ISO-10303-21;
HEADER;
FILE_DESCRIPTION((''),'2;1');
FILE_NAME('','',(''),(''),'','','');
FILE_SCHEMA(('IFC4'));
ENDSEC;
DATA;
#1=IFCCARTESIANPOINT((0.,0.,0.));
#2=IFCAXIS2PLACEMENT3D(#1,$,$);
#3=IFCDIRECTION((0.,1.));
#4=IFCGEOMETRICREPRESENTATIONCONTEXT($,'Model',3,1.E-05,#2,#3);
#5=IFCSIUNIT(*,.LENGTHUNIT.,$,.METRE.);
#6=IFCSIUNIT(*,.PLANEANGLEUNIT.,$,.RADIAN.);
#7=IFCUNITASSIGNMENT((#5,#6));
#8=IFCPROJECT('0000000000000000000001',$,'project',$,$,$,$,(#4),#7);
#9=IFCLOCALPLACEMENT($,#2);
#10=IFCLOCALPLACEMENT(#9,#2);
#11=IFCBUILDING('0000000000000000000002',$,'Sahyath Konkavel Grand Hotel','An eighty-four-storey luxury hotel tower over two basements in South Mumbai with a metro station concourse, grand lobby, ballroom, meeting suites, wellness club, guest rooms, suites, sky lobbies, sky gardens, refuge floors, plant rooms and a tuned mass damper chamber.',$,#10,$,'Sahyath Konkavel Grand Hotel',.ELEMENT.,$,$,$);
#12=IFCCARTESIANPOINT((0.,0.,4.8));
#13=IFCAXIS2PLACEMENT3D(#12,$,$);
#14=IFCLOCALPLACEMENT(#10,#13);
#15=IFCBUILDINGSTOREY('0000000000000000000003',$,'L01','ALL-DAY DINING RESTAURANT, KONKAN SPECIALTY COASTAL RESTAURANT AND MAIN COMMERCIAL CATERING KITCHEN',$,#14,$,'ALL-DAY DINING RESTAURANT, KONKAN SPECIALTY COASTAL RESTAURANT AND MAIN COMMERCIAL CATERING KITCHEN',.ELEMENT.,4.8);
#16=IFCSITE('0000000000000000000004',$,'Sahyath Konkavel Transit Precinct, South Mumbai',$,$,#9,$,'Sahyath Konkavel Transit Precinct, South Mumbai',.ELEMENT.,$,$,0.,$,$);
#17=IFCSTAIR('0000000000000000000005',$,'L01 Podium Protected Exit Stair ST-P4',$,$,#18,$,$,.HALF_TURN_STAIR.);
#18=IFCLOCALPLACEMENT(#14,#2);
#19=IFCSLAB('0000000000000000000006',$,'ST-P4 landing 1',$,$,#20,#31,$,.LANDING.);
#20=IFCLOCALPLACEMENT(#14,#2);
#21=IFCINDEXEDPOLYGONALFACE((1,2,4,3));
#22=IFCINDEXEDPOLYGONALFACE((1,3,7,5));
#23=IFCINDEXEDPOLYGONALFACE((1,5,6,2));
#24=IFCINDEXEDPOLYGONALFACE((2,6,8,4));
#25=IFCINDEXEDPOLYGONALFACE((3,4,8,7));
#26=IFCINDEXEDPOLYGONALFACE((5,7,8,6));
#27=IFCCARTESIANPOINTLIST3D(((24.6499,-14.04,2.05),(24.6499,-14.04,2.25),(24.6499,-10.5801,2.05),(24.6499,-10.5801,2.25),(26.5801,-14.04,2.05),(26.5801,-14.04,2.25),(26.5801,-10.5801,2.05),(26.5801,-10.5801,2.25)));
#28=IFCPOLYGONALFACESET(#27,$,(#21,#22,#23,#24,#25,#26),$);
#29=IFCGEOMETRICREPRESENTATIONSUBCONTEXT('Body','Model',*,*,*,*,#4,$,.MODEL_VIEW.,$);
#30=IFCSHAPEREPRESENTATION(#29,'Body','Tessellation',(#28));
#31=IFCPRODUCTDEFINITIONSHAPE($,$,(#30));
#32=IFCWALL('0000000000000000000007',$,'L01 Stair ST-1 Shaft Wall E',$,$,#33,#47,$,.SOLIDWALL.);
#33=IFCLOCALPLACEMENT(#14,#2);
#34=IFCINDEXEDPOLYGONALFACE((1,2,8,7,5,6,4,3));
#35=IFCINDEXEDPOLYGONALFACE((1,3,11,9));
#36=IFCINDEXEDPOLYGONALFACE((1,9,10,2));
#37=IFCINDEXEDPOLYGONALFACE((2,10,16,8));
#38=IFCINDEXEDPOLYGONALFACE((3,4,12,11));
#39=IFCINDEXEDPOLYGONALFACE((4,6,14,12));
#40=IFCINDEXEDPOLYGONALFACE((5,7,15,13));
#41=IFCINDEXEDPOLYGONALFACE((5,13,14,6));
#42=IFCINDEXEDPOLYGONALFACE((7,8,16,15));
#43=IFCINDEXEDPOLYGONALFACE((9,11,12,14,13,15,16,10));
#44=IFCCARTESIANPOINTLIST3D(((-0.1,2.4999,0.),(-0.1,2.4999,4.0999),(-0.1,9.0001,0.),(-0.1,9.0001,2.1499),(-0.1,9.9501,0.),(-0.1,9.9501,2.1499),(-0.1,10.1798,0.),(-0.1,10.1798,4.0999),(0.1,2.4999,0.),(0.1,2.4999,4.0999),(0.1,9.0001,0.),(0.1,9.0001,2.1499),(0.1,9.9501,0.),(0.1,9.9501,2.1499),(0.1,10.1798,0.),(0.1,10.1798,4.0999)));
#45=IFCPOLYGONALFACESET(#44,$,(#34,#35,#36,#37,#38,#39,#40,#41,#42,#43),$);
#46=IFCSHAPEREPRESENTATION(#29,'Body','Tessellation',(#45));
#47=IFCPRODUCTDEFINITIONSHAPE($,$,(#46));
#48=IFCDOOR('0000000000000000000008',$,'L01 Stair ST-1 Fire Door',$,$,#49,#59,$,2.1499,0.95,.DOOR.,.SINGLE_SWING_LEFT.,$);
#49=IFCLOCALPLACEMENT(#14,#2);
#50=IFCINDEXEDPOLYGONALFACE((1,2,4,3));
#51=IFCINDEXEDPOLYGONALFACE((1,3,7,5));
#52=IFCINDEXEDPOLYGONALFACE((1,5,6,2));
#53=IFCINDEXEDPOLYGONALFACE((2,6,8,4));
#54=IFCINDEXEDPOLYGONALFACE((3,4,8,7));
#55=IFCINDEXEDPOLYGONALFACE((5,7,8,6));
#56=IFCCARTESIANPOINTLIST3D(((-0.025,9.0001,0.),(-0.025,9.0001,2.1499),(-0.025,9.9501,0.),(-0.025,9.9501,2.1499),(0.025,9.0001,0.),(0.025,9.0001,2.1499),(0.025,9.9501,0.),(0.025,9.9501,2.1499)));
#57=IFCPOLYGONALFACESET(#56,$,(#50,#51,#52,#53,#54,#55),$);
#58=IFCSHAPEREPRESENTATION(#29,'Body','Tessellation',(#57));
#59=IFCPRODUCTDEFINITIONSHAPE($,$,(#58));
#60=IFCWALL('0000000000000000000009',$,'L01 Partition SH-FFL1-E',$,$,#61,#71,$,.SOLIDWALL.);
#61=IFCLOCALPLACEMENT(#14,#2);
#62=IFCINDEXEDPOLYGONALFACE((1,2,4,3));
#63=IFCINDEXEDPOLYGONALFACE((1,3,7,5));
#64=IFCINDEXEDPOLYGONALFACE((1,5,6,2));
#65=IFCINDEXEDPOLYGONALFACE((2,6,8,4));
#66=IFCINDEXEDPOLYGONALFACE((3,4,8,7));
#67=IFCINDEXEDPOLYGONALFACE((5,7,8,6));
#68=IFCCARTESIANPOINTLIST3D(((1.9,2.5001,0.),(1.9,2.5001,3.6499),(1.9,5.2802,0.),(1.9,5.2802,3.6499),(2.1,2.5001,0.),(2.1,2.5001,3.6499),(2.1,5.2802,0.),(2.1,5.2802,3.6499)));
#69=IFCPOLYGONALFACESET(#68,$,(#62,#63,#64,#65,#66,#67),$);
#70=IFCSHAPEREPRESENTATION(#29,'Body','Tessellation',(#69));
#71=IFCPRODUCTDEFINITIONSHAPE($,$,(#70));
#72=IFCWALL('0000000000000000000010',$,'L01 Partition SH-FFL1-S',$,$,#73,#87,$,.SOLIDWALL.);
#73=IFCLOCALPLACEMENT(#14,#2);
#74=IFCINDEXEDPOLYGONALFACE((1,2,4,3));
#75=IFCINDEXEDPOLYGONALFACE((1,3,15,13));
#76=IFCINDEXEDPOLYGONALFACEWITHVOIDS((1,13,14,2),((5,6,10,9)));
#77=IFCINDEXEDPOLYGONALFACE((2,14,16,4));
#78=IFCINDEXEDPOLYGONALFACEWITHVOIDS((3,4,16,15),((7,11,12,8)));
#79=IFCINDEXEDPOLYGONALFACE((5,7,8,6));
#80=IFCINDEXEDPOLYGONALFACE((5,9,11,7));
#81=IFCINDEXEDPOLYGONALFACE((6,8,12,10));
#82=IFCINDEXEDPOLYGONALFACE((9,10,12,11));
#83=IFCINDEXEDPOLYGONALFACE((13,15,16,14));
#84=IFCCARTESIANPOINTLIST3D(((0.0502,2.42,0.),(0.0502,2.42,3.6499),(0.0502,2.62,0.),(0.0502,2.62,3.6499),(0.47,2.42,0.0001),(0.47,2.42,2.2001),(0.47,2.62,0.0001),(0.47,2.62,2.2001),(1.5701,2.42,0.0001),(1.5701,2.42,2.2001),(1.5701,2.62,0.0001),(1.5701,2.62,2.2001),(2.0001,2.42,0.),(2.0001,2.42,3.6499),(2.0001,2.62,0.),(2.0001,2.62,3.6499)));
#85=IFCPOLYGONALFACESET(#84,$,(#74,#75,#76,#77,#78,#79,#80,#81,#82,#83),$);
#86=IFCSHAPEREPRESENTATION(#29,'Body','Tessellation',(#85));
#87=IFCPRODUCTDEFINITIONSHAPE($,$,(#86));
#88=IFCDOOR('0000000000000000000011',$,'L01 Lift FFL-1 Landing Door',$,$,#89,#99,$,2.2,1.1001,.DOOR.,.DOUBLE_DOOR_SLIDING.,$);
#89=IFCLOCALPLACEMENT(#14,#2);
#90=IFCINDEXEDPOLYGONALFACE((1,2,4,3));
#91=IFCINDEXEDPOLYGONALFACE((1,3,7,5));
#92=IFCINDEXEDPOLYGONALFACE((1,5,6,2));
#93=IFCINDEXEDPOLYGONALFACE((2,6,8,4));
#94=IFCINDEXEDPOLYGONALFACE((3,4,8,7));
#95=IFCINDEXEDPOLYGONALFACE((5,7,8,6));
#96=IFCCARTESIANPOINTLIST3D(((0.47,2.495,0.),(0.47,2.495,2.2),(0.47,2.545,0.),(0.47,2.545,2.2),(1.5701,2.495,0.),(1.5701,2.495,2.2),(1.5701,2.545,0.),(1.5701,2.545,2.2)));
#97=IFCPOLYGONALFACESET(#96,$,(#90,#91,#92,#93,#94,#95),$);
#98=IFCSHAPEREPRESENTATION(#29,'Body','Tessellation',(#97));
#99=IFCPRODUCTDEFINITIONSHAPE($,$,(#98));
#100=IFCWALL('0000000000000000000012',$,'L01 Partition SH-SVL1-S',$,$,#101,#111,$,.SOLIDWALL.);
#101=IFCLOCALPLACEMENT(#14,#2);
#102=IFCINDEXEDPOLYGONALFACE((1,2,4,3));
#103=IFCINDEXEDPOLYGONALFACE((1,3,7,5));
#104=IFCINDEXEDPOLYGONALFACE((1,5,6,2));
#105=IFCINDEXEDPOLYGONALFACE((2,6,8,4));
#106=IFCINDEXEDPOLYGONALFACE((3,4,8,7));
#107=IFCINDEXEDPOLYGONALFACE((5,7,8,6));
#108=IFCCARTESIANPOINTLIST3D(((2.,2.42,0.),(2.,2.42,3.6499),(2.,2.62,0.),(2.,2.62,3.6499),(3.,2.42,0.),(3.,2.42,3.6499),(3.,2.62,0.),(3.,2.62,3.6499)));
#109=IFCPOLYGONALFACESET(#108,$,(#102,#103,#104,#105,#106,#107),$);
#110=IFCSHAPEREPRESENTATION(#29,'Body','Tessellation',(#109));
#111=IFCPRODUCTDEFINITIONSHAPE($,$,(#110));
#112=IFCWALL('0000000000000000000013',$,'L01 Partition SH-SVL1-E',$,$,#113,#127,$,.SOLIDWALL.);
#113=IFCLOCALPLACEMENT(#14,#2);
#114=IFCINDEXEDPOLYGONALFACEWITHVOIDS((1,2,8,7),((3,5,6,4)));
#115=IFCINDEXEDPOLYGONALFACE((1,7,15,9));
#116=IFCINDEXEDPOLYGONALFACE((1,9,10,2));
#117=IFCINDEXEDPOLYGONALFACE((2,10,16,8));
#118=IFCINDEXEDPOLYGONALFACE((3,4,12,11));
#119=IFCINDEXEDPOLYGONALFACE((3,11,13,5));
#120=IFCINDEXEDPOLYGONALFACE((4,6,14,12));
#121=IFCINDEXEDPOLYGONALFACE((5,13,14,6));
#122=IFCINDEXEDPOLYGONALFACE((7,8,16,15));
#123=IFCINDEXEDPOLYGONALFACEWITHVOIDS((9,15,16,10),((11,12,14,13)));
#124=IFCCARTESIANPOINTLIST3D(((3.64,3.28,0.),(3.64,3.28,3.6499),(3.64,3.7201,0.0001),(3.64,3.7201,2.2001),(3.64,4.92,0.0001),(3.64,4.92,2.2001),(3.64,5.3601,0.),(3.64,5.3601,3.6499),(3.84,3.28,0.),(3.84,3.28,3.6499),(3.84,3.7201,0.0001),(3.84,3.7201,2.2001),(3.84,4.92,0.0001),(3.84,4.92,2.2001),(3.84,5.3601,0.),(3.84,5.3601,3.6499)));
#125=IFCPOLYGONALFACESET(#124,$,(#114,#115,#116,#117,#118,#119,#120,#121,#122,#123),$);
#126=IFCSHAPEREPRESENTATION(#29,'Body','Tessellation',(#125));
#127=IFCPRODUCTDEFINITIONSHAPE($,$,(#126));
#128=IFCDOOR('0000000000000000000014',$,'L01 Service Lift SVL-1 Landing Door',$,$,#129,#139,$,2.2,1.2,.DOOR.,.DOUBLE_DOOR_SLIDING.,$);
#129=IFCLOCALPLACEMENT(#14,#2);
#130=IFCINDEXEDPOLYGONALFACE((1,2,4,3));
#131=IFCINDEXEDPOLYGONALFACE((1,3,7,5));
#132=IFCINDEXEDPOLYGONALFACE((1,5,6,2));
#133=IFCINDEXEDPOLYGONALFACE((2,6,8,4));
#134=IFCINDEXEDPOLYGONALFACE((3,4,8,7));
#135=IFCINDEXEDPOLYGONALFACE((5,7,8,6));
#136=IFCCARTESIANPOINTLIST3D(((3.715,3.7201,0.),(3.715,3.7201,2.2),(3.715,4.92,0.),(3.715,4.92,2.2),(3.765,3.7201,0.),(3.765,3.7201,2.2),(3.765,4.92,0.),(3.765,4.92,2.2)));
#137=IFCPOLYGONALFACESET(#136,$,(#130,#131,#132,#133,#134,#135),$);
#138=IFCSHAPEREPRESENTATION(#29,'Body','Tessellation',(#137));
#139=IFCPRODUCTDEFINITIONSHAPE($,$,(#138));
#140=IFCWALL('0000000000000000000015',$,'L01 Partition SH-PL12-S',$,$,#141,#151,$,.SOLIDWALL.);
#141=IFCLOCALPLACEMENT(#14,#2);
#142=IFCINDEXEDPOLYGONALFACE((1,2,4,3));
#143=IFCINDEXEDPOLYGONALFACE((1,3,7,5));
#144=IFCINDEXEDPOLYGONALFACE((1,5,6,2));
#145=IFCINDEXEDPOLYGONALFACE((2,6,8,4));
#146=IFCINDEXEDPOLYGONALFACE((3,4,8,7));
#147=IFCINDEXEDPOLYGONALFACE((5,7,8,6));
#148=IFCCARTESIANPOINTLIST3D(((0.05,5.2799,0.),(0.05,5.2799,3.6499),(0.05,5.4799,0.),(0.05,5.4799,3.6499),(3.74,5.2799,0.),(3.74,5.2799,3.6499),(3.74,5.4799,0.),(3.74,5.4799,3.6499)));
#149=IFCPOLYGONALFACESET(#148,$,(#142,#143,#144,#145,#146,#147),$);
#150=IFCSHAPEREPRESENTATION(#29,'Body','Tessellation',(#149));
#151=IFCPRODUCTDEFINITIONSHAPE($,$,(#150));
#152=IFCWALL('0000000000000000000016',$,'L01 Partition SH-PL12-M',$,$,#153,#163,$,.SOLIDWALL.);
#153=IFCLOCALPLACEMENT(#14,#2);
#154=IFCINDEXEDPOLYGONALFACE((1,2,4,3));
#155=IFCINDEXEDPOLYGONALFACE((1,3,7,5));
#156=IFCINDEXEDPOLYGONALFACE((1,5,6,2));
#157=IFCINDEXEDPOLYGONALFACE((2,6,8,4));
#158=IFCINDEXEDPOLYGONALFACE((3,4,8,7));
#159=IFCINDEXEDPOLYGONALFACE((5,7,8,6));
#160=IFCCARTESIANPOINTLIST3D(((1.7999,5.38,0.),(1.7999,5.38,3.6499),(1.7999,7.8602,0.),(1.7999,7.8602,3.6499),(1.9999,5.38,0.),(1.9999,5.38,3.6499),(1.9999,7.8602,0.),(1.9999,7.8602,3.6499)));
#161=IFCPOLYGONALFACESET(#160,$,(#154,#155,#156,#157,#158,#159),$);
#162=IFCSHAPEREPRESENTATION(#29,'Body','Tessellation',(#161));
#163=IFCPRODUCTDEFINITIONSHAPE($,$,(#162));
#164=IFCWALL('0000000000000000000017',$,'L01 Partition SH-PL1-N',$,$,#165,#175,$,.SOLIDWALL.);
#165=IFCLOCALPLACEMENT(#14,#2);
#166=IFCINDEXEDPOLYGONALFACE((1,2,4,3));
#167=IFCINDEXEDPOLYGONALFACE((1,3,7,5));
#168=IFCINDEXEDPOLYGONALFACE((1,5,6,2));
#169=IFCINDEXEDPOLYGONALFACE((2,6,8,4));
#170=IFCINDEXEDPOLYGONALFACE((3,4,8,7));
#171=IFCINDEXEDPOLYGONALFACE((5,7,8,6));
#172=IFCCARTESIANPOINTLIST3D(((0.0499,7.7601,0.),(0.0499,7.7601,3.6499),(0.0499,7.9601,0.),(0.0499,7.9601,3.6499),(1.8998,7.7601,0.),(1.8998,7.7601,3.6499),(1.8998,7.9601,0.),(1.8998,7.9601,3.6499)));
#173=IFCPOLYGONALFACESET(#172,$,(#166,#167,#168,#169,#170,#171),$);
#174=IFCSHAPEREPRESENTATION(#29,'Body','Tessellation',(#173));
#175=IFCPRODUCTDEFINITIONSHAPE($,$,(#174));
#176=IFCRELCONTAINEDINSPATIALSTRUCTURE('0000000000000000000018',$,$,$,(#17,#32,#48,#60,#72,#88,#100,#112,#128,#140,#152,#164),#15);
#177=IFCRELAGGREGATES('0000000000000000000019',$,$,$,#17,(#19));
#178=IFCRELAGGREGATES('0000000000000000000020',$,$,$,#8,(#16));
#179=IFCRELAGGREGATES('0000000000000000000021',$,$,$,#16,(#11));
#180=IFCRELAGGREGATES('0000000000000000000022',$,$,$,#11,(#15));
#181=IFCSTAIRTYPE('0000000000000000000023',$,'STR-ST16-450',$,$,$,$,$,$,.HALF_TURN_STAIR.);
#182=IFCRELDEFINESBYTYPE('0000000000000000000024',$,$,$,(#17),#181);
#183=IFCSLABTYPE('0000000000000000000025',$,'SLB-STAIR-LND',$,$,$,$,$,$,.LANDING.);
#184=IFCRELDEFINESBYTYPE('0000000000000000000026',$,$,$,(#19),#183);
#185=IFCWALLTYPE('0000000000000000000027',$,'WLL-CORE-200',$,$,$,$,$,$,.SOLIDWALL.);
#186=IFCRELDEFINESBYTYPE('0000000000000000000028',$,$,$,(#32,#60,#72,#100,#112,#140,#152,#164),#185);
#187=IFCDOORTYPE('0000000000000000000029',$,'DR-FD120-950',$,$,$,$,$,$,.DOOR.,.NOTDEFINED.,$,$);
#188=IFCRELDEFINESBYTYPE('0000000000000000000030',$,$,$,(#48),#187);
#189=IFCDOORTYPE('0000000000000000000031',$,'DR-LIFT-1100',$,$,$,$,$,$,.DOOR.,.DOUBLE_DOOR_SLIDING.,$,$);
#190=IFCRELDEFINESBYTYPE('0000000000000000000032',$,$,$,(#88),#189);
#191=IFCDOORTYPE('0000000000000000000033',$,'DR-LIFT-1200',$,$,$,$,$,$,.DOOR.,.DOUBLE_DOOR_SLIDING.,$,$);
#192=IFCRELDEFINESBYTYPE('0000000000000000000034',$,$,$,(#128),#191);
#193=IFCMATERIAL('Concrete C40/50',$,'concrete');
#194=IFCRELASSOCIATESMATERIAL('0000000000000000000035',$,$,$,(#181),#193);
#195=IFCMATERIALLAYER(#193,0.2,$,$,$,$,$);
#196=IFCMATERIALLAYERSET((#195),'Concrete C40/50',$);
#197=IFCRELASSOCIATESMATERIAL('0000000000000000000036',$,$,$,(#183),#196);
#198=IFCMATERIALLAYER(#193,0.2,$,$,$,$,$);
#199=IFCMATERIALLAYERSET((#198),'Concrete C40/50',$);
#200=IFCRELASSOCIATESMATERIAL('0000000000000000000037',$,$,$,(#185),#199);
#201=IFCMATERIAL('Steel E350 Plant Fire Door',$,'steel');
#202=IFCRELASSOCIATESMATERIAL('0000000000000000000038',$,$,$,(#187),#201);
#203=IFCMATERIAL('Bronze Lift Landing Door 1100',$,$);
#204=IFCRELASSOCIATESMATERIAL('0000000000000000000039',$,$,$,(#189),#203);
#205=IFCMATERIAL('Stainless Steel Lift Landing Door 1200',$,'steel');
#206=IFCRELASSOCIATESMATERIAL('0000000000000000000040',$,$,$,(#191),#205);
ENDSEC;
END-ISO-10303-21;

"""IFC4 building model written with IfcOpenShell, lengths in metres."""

from ifc_helpers import new_model, si_unit, direction, frame, frame_2d, origin, origin_2d, place, context, subcontext, project, spatial, polyline, rectangle, outline, extrude, source, transform, mapped, material, layer, layer_set, type_object, element, fill, aggregate, save


model = new_model("IFC4")

# Units and contexts
model_context = context("Model", 3, precision=1e-05, world=origin(), true_north=direction((0.0, 1.0)))
body_context = subcontext(model_context, "Body", "Model", "MODEL_VIEW")
ifc_project = project(units=[si_unit("LENGTHUNIT", "METRE"), si_unit("PLANEANGLEUNIT", "RADIAN")], contexts=[model_context])

# Site, building, storey
site_placement = place(None, origin())
site = spatial("IfcSite", under=ifc_project, at=site_placement, Name="Sahyath Konkavel Transit Precinct, South Mumbai", LongName="Sahyath Konkavel Transit Precinct, South Mumbai", CompositionType="ELEMENT", RefElevation=0.0)
building_placement = place(site_placement, origin())
building = spatial("IfcBuilding", under=site, at=building_placement, Name="Sahyath Konkavel Grand Hotel", Description="An eighty-four-storey luxury hotel tower over two basements in South Mumbai with a metro station concourse, grand lobby, ballroom, meeting suites, wellness club, guest rooms, suites, sky lobbies, sky gardens, refuge floors, plant rooms and a tuned mass damper chamber.", LongName="Sahyath Konkavel Grand Hotel", CompositionType="ELEMENT")
storey_placement = place(building_placement, frame((0.0, 0.0, 4.8)))
storey = spatial("IfcBuildingStorey", under=building, at=storey_placement, Name="L01", Description="ALL-DAY DINING RESTAURANT, KONKAN SPECIALTY COASTAL RESTAURANT AND MAIN COMMERCIAL CATERING KITCHEN", LongName="ALL-DAY DINING RESTAURANT, KONKAN SPECIALTY COASTAL RESTAURANT AND MAIN COMMERCIAL CATERING KITCHEN", CompositionType="ELEMENT", Elevation=4.8)

# Stair, slab
ifc_material_1 = material(Name="Concrete C40/50", Category="concrete")
stair_type = type_object("IfcStairType", Name="STR-ST16-450", PredefinedType="HALF_TURN_STAIR", material=ifc_material_1)
stair_placement = place(storey_placement, origin())
stair = element("IfcStair", 1, at=stair_placement, inside=storey, type_object=stair_type, Name="L01 Podium Protected Exit Stair ST-P4", PredefinedType="HALF_TURN_STAIR")
ifc_layer_1 = layer(ifc_material_1, 0.2)
ifc_layer_set_1 = layer_set([ifc_layer_1], Name="Concrete C40/50")
slab_type = type_object("IfcSlabType", Name="SLB-STAIR-LND", PredefinedType="LANDING", material=ifc_layer_set_1)
slab_placement = place(storey_placement, frame((0.0, 0.0, 2.05)))
slab = element("IfcSlab", 2, at=slab_placement, type_object=slab_type, Name="ST-P4 landing 1", PredefinedType="LANDING", context=body_context, shape_type="SweptSolid", body=[
    extrude(outline(polyline([(24.6499, -14.04), (26.5801, -14.04), (26.5801, -10.5801), (24.6499, -10.5801), (24.6499, -14.04)])), origin(), (0.0, 0.0, 1.0), 0.2),
])
aggregate(stair, [slab])

# Wall, opening, door
ifc_layer_2 = layer(ifc_material_1, 0.2)
ifc_layer_set_2 = layer_set([ifc_layer_2], Name="Concrete C40/50")
wall_type_1 = type_object("IfcWallType", Name="WLL-CORE-200", PredefinedType="SOLIDWALL", material=ifc_layer_set_2)
wall_1_placement = place(storey_placement, frame((0.0, 2.5, 0.0), z_axis=(0.0, 0.0, 1.0), x_axis=(0.0, 1.0, 0.0)))
wall_1 = element("IfcWall", 3, at=wall_1_placement, inside=storey, type_object=wall_type_1, Name="L01 Stair ST-1 Shaft Wall E", PredefinedType="SOLIDWALL", context=body_context, shape_type="SweptSolid", body=[
    extrude(rectangle(XDim=7.6799, YDim=0.2, at=frame_2d((3.8398, 0.0))), origin(), (0.0, 0.0, 1.0), 4.0999),
])
opening_1_placement = place(wall_1_placement, frame((6.5, 0.0, 0.0)))
opening_1 = element("IfcOpeningElement", 4, at=opening_1_placement, cuts=wall_1, PredefinedType="OPENING", context=body_context, shape_type="SweptSolid", body=[
    extrude(rectangle(XDim=0.95, YDim=2.1499, at=frame_2d((0.4751, 1.075))), frame((0.0, 0.1099, 0.0), z_axis=(0.0, -1.0, 0.0), x_axis=(1.0, 0.0, 0.0)), (0.0, 0.0, 1.0), 0.22),
])
ifc_material_2 = material(Name="Steel E350 Plant Fire Door", Category="steel")
door_type_1 = type_object("IfcDoorType", Name="DR-FD120-950", OperationType="NOTDEFINED", PredefinedType="DOOR", material=ifc_material_2)
shared_shape_1 = source(origin(), body_context, "Body", "SweptSolid", [
    extrude(rectangle(XDim=0.95, YDim=0.05, at=origin_2d()), origin(), (0.0, 0.0, 1.0), 2.1499),
])
door_1_placement = place(opening_1_placement, frame((0.4751, 0.0, 0.0)))
door_1 = element("IfcDoor", 5, at=door_1_placement, inside=storey, type_object=door_type_1, Name="L01 Stair ST-1 Fire Door", OperationType="SINGLE_SWING_LEFT", OverallHeight=2.1499, OverallWidth=0.95, PredefinedType="DOOR", context=body_context, shape_type="MappedRepresentation", body=[
    mapped(shared_shape_1, transform((0.0, 0.0, 0.0), scale=1.0)),
])
fill(opening_1, door_1)

# Wall
wall_2_placement = place(storey_placement, frame((2.0, 2.5, 0.0), z_axis=(0.0, 0.0, 1.0), x_axis=(0.0, 1.0, 0.0)))
element("IfcWall", 6, at=wall_2_placement, inside=storey, type_object=wall_type_1, Name="L01 Partition SH-FFL1-E", PredefinedType="SOLIDWALL", context=body_context, shape_type="SweptSolid", body=[
    extrude(rectangle(XDim=2.78, YDim=0.2, at=frame_2d((1.3901, 0.0))), origin(), (0.0, 0.0, 1.0), 3.6499),
])

# Wall, opening, door
wall_3_placement = place(storey_placement, frame((0.05, 2.52, 0.0), z_axis=(0.0, 0.0, 1.0), x_axis=(1.0, 0.0, 0.0)))
wall_3 = element("IfcWall", 7, at=wall_3_placement, inside=storey, type_object=wall_type_1, Name="L01 Partition SH-FFL1-S", PredefinedType="SOLIDWALL", context=body_context, shape_type="SweptSolid", body=[
    extrude(rectangle(XDim=1.95, YDim=0.2, at=frame_2d((0.9751, 0.0))), origin(), (0.0, 0.0, 1.0), 3.6499),
])
opening_2_placement = place(wall_3_placement, frame((0.4199, 0.0, 0.0)))
opening_2 = element("IfcOpeningElement", 8, at=opening_2_placement, cuts=wall_3, PredefinedType="OPENING", context=body_context, shape_type="SweptSolid", body=[
    extrude(rectangle(XDim=1.1001, YDim=2.2, at=frame_2d((0.55, 1.1001))), frame((0.0, 0.1099, 0.0), z_axis=(0.0, -1.0, 0.0), x_axis=(1.0, 0.0, 0.0)), (0.0, 0.0, 1.0), 0.22),
])
ifc_material_3 = material(Name="Bronze Lift Landing Door 1100")
door_type_2 = type_object("IfcDoorType", Name="DR-LIFT-1100", OperationType="DOUBLE_DOOR_SLIDING", PredefinedType="DOOR", material=ifc_material_3)
shared_shape_2 = source(origin(), body_context, "Body", "SweptSolid", [
    extrude(rectangle(XDim=1.1001, YDim=0.05, at=origin_2d()), origin(), (0.0, 0.0, 1.0), 2.2),
])
door_2_placement = place(opening_2_placement, frame((0.55, 0.0, 0.0)))
door_2 = element("IfcDoor", 9, at=door_2_placement, inside=storey, type_object=door_type_2, Name="L01 Lift FFL-1 Landing Door", OperationType="DOUBLE_DOOR_SLIDING", OverallHeight=2.2, OverallWidth=1.1001, PredefinedType="DOOR", context=body_context, shape_type="MappedRepresentation", body=[
    mapped(shared_shape_2, transform((0.0, 0.0, 0.0), scale=1.0)),
])
fill(opening_2, door_2)

# Wall
wall_4_placement = place(storey_placement, frame((2.0, 2.52, 0.0), z_axis=(0.0, 0.0, 1.0), x_axis=(1.0, 0.0, 0.0)))
element("IfcWall", 10, at=wall_4_placement, inside=storey, type_object=wall_type_1, Name="L01 Partition SH-SVL1-S", PredefinedType="SOLIDWALL", context=body_context, shape_type="SweptSolid", body=[
    extrude(rectangle(XDim=1.0, YDim=0.2, at=frame_2d((0.5, 0.0))), origin(), (0.0, 0.0, 1.0), 3.6499),
])

# Wall, opening, door
wall_5_placement = place(storey_placement, frame((3.74, 3.28, 0.0), z_axis=(0.0, 0.0, 1.0), x_axis=(0.0, 1.0, 0.0)))
wall_5 = element("IfcWall", 11, at=wall_5_placement, inside=storey, type_object=wall_type_1, Name="L01 Partition SH-SVL1-E", PredefinedType="SOLIDWALL", context=body_context, shape_type="SweptSolid", body=[
    extrude(rectangle(XDim=2.0801, YDim=0.2, at=frame_2d((1.04, 0.0))), origin(), (0.0, 0.0, 1.0), 3.6499),
])
opening_3_placement = place(wall_5_placement, frame((0.4399, 0.0, 0.0)))
opening_3 = element("IfcOpeningElement", 12, at=opening_3_placement, cuts=wall_5, PredefinedType="OPENING", context=body_context, shape_type="SweptSolid", body=[
    extrude(rectangle(XDim=1.2, YDim=2.2, at=frame_2d((0.6001, 1.1001))), frame((0.0, 0.1099, 0.0), z_axis=(0.0, -1.0, 0.0), x_axis=(1.0, 0.0, 0.0)), (0.0, 0.0, 1.0), 0.22),
])
ifc_material_4 = material(Name="Stainless Steel Lift Landing Door 1200", Category="steel")
door_type_3 = type_object("IfcDoorType", Name="DR-LIFT-1200", OperationType="DOUBLE_DOOR_SLIDING", PredefinedType="DOOR", material=ifc_material_4)
shared_shape_3 = source(origin(), body_context, "Body", "SweptSolid", [
    extrude(rectangle(XDim=1.2, YDim=0.05, at=origin_2d()), origin(), (0.0, 0.0, 1.0), 2.2),
])
door_3_placement = place(opening_3_placement, frame((0.6001, 0.0, 0.0)))
door_3 = element("IfcDoor", 13, at=door_3_placement, inside=storey, type_object=door_type_3, Name="L01 Service Lift SVL-1 Landing Door", OperationType="DOUBLE_DOOR_SLIDING", OverallHeight=2.2, OverallWidth=1.2, PredefinedType="DOOR", context=body_context, shape_type="MappedRepresentation", body=[
    mapped(shared_shape_3, transform((0.0, 0.0, 0.0), scale=1.0)),
])
fill(opening_3, door_3)

# Walls
wall_6_placement = place(storey_placement, frame((0.05, 5.3799, 0.0), z_axis=(0.0, 0.0, 1.0), x_axis=(1.0, 0.0, 0.0)))
element("IfcWall", 14, at=wall_6_placement, inside=storey, type_object=wall_type_1, Name="L01 Partition SH-PL12-S", PredefinedType="SOLIDWALL", context=body_context, shape_type="SweptSolid", body=[
    extrude(rectangle(XDim=3.6899, YDim=0.2, at=frame_2d((1.845, 0.0))), origin(), (0.0, 0.0, 1.0), 3.6499),
])
wall_7_placement = place(storey_placement, frame((1.8999, 5.3799, 0.0), z_axis=(0.0, 0.0, 1.0), x_axis=(0.0, 1.0, 0.0)))
element("IfcWall", 15, at=wall_7_placement, inside=storey, type_object=wall_type_1, Name="L01 Partition SH-PL12-M", PredefinedType="SOLIDWALL", context=body_context, shape_type="SweptSolid", body=[
    extrude(rectangle(XDim=2.4802, YDim=0.2, at=frame_2d((1.2402, 0.0))), origin(), (0.0, 0.0, 1.0), 3.6499),
])
wall_8_placement = place(storey_placement, frame((0.05, 7.8601, 0.0), z_axis=(0.0, 0.0, 1.0), x_axis=(1.0, 0.0, 0.0)))
element("IfcWall", 16, at=wall_8_placement, inside=storey, type_object=wall_type_1, Name="L01 Partition SH-PL1-N", PredefinedType="SOLIDWALL", context=body_context, shape_type="SweptSolid", body=[
    extrude(rectangle(XDim=1.8499, YDim=0.2, at=frame_2d((0.9248, 0.0))), origin(), (0.0, 0.0, 1.0), 3.6499),
])

save(model, "model.ifc")
